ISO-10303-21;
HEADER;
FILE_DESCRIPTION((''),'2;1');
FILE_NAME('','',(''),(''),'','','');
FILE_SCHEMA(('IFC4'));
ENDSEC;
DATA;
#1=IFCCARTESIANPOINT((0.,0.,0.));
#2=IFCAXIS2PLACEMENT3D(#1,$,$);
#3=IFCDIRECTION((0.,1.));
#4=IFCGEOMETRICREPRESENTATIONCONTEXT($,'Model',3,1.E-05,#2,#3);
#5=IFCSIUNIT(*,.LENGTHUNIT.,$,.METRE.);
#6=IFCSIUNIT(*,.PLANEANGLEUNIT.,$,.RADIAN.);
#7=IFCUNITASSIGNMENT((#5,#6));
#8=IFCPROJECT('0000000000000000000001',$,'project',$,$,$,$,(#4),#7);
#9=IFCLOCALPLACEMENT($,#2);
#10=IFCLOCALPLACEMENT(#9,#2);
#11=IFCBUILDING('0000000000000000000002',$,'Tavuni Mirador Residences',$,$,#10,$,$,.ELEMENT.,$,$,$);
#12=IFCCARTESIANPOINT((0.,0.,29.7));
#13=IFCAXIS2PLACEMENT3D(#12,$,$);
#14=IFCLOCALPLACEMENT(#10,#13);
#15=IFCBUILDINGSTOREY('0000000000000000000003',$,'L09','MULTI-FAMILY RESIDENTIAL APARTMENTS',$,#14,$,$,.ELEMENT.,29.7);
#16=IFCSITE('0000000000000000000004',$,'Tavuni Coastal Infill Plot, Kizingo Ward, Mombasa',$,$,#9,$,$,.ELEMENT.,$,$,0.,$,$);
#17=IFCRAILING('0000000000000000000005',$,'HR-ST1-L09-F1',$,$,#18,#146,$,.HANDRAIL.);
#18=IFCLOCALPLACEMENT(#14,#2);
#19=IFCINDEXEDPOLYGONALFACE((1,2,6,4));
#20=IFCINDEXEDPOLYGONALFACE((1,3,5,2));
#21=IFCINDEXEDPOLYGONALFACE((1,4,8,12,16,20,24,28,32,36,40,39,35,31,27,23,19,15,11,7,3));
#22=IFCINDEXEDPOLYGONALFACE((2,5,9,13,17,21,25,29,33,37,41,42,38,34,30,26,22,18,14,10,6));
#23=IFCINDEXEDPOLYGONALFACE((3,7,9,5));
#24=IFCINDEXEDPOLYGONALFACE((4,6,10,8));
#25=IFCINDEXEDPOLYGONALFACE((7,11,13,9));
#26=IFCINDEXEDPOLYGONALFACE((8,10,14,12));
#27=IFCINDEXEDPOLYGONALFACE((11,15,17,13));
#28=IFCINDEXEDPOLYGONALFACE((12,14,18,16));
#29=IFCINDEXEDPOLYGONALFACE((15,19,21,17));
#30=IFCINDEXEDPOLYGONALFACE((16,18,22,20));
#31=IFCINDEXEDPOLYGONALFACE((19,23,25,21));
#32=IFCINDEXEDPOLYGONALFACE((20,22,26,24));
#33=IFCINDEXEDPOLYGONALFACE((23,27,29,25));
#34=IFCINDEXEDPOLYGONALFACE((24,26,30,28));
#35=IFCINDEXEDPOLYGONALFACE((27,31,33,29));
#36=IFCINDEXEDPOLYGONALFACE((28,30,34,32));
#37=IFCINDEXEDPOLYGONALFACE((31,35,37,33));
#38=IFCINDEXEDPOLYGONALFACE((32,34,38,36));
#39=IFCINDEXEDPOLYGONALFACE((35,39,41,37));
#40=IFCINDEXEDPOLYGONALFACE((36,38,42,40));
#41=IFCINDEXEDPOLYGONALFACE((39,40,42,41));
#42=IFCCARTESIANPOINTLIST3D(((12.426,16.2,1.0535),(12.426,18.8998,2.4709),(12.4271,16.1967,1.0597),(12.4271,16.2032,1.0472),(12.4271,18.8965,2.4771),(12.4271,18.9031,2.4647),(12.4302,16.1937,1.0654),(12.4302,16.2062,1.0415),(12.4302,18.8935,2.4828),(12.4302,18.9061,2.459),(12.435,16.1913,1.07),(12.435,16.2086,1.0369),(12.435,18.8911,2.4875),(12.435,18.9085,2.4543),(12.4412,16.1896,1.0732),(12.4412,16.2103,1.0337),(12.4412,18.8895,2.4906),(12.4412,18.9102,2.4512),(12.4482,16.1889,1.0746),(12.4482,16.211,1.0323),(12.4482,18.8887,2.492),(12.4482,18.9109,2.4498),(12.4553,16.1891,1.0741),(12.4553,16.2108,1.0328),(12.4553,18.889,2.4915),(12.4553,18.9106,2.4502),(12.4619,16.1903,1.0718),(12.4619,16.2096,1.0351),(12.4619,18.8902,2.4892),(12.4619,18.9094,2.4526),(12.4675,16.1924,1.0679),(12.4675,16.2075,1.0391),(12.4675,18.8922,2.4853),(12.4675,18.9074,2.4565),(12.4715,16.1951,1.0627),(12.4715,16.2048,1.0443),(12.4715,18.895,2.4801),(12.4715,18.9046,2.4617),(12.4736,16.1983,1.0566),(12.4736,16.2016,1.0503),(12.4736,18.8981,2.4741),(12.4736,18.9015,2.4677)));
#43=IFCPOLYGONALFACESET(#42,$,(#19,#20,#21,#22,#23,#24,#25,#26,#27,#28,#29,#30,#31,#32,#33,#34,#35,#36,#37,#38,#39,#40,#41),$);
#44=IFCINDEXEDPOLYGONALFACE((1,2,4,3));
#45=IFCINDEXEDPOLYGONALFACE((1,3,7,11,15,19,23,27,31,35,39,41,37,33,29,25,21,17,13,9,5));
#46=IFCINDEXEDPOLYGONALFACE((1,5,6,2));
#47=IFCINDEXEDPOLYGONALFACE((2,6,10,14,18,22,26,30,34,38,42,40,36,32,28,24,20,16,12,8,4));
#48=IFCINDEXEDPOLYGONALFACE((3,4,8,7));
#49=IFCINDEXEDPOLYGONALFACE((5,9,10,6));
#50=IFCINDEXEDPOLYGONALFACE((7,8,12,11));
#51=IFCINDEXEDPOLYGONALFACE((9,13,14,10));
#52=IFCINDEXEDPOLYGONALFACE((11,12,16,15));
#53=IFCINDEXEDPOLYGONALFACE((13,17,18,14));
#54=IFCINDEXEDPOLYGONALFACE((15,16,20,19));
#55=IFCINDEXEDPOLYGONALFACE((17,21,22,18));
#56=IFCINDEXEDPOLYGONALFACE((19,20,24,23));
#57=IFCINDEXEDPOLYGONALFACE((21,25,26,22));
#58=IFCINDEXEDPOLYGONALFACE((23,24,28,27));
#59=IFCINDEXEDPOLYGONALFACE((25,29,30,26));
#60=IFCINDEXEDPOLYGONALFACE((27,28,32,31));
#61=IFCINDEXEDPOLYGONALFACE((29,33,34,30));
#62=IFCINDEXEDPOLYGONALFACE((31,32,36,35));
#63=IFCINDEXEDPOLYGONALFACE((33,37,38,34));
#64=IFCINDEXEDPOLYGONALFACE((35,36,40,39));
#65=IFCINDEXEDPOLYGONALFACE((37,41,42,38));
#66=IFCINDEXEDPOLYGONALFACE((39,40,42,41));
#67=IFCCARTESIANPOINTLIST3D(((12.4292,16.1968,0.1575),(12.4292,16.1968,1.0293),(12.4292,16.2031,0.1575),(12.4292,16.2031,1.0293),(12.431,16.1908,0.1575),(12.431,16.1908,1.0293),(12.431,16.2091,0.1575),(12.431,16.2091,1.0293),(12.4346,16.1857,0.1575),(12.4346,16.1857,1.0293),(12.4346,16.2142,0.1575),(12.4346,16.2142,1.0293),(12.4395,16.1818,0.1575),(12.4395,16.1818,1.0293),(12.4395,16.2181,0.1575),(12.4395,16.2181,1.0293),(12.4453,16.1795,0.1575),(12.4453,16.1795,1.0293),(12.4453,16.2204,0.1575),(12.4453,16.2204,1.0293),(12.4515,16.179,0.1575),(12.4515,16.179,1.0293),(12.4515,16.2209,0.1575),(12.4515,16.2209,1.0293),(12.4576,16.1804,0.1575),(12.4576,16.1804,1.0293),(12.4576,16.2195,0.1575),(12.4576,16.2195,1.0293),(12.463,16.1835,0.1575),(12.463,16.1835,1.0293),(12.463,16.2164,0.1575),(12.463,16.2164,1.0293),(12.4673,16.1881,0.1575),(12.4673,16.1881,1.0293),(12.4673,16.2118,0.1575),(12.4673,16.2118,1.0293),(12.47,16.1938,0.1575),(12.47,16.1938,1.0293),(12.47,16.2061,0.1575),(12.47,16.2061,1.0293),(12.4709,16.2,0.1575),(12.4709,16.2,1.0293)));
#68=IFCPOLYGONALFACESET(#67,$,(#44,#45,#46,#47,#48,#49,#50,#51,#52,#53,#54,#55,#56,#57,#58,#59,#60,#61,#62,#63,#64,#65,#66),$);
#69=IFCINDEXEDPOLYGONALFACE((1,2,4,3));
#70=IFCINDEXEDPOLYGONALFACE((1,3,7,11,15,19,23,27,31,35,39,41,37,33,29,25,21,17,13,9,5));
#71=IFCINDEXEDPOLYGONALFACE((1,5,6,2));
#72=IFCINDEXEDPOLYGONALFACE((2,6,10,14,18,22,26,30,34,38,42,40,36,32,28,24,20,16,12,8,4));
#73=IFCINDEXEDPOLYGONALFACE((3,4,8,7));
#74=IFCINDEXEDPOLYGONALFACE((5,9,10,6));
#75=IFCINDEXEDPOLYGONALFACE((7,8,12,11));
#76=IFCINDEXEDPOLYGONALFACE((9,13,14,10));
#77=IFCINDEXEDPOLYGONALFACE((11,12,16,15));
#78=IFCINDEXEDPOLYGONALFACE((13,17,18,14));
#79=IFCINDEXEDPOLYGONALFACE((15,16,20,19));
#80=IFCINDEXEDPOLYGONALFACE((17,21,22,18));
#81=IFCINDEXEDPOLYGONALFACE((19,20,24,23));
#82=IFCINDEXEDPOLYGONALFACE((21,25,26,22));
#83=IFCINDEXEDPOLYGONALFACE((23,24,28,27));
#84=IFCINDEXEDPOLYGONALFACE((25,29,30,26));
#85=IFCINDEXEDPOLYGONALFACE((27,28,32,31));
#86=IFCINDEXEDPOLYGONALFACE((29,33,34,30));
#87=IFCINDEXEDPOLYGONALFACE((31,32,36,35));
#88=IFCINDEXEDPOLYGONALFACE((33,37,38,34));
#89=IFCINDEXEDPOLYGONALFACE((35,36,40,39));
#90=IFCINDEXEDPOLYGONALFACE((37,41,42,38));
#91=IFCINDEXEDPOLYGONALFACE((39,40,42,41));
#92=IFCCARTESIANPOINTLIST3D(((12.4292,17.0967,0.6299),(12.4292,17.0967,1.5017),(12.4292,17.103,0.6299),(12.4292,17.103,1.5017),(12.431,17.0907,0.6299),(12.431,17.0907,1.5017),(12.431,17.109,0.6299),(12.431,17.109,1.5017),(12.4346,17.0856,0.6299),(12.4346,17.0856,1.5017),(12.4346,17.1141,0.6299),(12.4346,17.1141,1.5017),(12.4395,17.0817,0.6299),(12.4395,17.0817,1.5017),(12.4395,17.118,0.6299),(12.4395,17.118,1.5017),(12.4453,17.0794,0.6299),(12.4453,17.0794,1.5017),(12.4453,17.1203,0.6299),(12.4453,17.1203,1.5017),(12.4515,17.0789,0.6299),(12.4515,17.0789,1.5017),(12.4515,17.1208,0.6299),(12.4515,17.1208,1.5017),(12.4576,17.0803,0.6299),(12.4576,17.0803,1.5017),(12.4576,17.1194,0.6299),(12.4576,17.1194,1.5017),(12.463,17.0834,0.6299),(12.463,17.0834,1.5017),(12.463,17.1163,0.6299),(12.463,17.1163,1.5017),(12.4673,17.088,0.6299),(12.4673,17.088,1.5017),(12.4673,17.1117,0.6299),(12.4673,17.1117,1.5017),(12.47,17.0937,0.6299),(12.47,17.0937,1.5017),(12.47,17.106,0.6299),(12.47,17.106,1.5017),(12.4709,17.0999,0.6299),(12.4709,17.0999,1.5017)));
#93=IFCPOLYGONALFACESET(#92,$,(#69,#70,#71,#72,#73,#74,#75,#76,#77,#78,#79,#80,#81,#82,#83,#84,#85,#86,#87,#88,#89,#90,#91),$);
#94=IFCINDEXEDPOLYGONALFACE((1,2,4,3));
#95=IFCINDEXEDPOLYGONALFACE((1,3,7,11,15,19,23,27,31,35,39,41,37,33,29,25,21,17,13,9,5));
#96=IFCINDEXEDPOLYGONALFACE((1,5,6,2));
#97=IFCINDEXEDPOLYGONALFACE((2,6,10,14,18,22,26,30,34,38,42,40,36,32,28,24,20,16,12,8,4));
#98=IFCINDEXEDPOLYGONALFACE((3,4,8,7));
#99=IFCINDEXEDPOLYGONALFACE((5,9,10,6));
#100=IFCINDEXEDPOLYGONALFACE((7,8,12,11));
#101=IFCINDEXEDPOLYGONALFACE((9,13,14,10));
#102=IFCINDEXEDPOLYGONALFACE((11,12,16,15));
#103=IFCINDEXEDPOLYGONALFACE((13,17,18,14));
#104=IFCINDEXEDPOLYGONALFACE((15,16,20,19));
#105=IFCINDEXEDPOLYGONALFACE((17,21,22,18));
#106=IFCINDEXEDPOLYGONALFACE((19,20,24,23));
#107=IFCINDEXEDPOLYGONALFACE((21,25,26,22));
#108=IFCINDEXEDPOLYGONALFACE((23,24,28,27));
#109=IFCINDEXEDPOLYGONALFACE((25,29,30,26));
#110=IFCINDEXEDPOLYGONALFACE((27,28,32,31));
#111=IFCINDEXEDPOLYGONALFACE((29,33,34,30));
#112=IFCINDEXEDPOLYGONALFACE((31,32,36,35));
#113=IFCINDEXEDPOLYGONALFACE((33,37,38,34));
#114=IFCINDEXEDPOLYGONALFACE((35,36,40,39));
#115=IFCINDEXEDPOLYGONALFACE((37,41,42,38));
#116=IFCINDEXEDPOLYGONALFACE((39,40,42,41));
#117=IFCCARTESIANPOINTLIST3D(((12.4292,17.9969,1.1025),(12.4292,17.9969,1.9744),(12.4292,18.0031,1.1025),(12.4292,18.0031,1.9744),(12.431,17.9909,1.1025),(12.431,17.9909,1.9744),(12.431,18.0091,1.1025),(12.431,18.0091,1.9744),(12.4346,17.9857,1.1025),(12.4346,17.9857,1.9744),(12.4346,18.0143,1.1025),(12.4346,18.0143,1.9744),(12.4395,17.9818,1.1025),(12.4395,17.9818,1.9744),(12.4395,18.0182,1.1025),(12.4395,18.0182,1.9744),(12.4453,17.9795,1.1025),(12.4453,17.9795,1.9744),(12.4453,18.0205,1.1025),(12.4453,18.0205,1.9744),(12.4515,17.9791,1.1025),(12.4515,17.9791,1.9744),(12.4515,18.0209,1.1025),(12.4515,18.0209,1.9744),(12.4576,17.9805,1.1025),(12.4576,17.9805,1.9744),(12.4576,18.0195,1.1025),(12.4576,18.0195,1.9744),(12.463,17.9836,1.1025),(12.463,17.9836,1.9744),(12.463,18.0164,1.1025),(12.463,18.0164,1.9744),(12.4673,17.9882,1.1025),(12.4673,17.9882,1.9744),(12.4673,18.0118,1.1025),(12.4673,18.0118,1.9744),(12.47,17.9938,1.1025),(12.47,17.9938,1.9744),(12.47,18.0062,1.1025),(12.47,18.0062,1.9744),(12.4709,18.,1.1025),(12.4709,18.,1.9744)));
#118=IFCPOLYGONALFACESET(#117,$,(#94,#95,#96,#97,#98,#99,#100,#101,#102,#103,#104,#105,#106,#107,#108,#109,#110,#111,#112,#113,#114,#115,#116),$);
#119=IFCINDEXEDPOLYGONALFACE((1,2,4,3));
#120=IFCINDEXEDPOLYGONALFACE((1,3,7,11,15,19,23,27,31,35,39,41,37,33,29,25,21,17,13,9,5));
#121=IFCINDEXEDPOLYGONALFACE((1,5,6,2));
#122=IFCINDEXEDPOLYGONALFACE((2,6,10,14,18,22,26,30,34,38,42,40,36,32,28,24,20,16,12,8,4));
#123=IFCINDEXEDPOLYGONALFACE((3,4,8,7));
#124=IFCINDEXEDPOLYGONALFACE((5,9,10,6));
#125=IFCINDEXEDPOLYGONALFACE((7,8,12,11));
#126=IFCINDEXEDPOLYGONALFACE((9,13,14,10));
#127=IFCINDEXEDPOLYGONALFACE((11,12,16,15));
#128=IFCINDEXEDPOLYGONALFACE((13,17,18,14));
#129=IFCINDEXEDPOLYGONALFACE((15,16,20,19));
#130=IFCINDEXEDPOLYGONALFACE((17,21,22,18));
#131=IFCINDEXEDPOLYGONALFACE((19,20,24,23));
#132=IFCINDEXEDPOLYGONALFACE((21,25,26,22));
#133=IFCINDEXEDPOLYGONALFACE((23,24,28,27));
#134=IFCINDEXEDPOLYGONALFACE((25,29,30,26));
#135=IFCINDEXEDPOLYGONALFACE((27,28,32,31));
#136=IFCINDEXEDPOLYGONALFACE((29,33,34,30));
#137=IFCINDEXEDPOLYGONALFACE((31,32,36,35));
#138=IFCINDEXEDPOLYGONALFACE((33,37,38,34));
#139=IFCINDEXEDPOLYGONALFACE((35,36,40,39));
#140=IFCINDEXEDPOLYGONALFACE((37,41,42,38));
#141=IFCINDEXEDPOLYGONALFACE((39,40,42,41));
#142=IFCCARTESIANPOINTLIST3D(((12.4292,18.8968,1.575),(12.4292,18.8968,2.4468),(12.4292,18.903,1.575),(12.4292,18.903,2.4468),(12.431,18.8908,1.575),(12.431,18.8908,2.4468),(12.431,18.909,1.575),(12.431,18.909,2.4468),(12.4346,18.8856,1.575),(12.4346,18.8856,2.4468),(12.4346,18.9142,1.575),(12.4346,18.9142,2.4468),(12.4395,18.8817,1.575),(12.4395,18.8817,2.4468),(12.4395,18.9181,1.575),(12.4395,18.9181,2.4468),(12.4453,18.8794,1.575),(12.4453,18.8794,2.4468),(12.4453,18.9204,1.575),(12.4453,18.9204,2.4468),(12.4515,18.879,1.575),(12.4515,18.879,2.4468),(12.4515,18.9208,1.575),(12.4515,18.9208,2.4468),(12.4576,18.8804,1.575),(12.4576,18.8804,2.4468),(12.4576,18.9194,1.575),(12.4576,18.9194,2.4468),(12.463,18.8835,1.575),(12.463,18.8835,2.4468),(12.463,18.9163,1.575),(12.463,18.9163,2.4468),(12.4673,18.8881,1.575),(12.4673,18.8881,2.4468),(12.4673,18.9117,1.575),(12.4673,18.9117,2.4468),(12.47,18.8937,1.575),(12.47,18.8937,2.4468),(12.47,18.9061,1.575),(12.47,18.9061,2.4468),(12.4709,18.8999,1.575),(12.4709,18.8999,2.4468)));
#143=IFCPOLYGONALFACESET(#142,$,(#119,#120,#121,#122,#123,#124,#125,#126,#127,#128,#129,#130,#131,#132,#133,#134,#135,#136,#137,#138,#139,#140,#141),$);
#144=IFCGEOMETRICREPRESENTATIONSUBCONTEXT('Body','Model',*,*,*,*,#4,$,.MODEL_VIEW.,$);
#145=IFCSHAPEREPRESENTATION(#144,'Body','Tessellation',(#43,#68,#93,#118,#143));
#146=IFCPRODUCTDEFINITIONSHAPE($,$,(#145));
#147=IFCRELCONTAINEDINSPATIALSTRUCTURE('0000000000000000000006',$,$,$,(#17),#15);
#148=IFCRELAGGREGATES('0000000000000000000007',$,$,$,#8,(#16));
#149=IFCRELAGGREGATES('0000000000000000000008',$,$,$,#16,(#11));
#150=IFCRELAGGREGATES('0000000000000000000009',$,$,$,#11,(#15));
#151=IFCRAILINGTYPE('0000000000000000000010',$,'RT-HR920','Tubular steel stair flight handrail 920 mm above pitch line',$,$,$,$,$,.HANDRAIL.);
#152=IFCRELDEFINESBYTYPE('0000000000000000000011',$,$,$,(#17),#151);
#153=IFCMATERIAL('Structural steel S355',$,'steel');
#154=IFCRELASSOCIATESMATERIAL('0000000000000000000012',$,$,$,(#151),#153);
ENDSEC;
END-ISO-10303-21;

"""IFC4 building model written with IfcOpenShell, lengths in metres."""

from ifc_helpers import new_model, si_unit, direction, frame, origin, origin_2d, place, context, subcontext, project, spatial, circle, extrude, material, type_object, element, save


model = new_model("IFC4")

# Units and contexts
model_context = context("Model", 3, precision=1e-05, world=origin(), true_north=direction((0.0, 1.0)))
body_context = subcontext(model_context, "Body", "Model", "MODEL_VIEW")
ifc_project = project(units=[si_unit("LENGTHUNIT", "METRE"), si_unit("PLANEANGLEUNIT", "RADIAN")], contexts=[model_context])

# Site, building, storey
site_placement = place(None, origin())
site = spatial("IfcSite", under=ifc_project, at=site_placement, Name="Tavuni Coastal Infill Plot, Kizingo Ward, Mombasa", CompositionType="ELEMENT", RefElevation=0.0)
building_placement = place(site_placement, origin())
building = spatial("IfcBuilding", under=site, at=building_placement, Name="Tavuni Mirador Residences", CompositionType="ELEMENT")
storey_placement = place(building_placement, frame((0.0, 0.0, 29.7)))
storey = spatial("IfcBuildingStorey", under=building, at=storey_placement, Name="L09", Description="MULTI-FAMILY RESIDENTIAL APARTMENTS", CompositionType="ELEMENT", Elevation=29.7)

# Railing
ifc_material_1 = material(Name="Structural steel S355", Category="steel")
railing_type_1 = type_object("IfcRailingType", Name="RT-HR920", Description="Tubular steel stair flight handrail 920 mm above pitch line", PredefinedType="HANDRAIL", material=ifc_material_1)
railing_1_placement = place(storey_placement, frame((12.45, 16.2, 0.1575)))
element("IfcRailing", 1, at=railing_1_placement, inside=storey, type_object=railing_type_1, Name="HR-ST1-L09-F1", PredefinedType="HANDRAIL", context=body_context, shape_type="SweptSolid", body=[
    extrude(circle(Radius=0.0239, at=origin_2d()), frame((0.0, 0.0, 0.896), z_axis=(0.0, 0.885397, 0.464835), x_axis=(-1.0, 0.0, 0.0)), (0.0, 0.0, 1.0), 3.0493),
    extrude(circle(Radius=0.021, at=origin_2d()), origin(), (0.0, 0.0, 1.0), 0.8718),
    extrude(circle(Radius=0.021, at=origin_2d()), frame((0.0, 0.8999, 0.4724)), (0.0, 0.0, 1.0), 0.8718),
    extrude(circle(Radius=0.021, at=origin_2d()), frame((0.0, 1.8, 0.9451)), (0.0, 0.0, 1.0), 0.8718),
    extrude(circle(Radius=0.021, at=origin_2d()), frame((0.0, 2.7, 1.4175)), (0.0, 0.0, 1.0), 0.8718),
])

save(model, "model.ifc")
